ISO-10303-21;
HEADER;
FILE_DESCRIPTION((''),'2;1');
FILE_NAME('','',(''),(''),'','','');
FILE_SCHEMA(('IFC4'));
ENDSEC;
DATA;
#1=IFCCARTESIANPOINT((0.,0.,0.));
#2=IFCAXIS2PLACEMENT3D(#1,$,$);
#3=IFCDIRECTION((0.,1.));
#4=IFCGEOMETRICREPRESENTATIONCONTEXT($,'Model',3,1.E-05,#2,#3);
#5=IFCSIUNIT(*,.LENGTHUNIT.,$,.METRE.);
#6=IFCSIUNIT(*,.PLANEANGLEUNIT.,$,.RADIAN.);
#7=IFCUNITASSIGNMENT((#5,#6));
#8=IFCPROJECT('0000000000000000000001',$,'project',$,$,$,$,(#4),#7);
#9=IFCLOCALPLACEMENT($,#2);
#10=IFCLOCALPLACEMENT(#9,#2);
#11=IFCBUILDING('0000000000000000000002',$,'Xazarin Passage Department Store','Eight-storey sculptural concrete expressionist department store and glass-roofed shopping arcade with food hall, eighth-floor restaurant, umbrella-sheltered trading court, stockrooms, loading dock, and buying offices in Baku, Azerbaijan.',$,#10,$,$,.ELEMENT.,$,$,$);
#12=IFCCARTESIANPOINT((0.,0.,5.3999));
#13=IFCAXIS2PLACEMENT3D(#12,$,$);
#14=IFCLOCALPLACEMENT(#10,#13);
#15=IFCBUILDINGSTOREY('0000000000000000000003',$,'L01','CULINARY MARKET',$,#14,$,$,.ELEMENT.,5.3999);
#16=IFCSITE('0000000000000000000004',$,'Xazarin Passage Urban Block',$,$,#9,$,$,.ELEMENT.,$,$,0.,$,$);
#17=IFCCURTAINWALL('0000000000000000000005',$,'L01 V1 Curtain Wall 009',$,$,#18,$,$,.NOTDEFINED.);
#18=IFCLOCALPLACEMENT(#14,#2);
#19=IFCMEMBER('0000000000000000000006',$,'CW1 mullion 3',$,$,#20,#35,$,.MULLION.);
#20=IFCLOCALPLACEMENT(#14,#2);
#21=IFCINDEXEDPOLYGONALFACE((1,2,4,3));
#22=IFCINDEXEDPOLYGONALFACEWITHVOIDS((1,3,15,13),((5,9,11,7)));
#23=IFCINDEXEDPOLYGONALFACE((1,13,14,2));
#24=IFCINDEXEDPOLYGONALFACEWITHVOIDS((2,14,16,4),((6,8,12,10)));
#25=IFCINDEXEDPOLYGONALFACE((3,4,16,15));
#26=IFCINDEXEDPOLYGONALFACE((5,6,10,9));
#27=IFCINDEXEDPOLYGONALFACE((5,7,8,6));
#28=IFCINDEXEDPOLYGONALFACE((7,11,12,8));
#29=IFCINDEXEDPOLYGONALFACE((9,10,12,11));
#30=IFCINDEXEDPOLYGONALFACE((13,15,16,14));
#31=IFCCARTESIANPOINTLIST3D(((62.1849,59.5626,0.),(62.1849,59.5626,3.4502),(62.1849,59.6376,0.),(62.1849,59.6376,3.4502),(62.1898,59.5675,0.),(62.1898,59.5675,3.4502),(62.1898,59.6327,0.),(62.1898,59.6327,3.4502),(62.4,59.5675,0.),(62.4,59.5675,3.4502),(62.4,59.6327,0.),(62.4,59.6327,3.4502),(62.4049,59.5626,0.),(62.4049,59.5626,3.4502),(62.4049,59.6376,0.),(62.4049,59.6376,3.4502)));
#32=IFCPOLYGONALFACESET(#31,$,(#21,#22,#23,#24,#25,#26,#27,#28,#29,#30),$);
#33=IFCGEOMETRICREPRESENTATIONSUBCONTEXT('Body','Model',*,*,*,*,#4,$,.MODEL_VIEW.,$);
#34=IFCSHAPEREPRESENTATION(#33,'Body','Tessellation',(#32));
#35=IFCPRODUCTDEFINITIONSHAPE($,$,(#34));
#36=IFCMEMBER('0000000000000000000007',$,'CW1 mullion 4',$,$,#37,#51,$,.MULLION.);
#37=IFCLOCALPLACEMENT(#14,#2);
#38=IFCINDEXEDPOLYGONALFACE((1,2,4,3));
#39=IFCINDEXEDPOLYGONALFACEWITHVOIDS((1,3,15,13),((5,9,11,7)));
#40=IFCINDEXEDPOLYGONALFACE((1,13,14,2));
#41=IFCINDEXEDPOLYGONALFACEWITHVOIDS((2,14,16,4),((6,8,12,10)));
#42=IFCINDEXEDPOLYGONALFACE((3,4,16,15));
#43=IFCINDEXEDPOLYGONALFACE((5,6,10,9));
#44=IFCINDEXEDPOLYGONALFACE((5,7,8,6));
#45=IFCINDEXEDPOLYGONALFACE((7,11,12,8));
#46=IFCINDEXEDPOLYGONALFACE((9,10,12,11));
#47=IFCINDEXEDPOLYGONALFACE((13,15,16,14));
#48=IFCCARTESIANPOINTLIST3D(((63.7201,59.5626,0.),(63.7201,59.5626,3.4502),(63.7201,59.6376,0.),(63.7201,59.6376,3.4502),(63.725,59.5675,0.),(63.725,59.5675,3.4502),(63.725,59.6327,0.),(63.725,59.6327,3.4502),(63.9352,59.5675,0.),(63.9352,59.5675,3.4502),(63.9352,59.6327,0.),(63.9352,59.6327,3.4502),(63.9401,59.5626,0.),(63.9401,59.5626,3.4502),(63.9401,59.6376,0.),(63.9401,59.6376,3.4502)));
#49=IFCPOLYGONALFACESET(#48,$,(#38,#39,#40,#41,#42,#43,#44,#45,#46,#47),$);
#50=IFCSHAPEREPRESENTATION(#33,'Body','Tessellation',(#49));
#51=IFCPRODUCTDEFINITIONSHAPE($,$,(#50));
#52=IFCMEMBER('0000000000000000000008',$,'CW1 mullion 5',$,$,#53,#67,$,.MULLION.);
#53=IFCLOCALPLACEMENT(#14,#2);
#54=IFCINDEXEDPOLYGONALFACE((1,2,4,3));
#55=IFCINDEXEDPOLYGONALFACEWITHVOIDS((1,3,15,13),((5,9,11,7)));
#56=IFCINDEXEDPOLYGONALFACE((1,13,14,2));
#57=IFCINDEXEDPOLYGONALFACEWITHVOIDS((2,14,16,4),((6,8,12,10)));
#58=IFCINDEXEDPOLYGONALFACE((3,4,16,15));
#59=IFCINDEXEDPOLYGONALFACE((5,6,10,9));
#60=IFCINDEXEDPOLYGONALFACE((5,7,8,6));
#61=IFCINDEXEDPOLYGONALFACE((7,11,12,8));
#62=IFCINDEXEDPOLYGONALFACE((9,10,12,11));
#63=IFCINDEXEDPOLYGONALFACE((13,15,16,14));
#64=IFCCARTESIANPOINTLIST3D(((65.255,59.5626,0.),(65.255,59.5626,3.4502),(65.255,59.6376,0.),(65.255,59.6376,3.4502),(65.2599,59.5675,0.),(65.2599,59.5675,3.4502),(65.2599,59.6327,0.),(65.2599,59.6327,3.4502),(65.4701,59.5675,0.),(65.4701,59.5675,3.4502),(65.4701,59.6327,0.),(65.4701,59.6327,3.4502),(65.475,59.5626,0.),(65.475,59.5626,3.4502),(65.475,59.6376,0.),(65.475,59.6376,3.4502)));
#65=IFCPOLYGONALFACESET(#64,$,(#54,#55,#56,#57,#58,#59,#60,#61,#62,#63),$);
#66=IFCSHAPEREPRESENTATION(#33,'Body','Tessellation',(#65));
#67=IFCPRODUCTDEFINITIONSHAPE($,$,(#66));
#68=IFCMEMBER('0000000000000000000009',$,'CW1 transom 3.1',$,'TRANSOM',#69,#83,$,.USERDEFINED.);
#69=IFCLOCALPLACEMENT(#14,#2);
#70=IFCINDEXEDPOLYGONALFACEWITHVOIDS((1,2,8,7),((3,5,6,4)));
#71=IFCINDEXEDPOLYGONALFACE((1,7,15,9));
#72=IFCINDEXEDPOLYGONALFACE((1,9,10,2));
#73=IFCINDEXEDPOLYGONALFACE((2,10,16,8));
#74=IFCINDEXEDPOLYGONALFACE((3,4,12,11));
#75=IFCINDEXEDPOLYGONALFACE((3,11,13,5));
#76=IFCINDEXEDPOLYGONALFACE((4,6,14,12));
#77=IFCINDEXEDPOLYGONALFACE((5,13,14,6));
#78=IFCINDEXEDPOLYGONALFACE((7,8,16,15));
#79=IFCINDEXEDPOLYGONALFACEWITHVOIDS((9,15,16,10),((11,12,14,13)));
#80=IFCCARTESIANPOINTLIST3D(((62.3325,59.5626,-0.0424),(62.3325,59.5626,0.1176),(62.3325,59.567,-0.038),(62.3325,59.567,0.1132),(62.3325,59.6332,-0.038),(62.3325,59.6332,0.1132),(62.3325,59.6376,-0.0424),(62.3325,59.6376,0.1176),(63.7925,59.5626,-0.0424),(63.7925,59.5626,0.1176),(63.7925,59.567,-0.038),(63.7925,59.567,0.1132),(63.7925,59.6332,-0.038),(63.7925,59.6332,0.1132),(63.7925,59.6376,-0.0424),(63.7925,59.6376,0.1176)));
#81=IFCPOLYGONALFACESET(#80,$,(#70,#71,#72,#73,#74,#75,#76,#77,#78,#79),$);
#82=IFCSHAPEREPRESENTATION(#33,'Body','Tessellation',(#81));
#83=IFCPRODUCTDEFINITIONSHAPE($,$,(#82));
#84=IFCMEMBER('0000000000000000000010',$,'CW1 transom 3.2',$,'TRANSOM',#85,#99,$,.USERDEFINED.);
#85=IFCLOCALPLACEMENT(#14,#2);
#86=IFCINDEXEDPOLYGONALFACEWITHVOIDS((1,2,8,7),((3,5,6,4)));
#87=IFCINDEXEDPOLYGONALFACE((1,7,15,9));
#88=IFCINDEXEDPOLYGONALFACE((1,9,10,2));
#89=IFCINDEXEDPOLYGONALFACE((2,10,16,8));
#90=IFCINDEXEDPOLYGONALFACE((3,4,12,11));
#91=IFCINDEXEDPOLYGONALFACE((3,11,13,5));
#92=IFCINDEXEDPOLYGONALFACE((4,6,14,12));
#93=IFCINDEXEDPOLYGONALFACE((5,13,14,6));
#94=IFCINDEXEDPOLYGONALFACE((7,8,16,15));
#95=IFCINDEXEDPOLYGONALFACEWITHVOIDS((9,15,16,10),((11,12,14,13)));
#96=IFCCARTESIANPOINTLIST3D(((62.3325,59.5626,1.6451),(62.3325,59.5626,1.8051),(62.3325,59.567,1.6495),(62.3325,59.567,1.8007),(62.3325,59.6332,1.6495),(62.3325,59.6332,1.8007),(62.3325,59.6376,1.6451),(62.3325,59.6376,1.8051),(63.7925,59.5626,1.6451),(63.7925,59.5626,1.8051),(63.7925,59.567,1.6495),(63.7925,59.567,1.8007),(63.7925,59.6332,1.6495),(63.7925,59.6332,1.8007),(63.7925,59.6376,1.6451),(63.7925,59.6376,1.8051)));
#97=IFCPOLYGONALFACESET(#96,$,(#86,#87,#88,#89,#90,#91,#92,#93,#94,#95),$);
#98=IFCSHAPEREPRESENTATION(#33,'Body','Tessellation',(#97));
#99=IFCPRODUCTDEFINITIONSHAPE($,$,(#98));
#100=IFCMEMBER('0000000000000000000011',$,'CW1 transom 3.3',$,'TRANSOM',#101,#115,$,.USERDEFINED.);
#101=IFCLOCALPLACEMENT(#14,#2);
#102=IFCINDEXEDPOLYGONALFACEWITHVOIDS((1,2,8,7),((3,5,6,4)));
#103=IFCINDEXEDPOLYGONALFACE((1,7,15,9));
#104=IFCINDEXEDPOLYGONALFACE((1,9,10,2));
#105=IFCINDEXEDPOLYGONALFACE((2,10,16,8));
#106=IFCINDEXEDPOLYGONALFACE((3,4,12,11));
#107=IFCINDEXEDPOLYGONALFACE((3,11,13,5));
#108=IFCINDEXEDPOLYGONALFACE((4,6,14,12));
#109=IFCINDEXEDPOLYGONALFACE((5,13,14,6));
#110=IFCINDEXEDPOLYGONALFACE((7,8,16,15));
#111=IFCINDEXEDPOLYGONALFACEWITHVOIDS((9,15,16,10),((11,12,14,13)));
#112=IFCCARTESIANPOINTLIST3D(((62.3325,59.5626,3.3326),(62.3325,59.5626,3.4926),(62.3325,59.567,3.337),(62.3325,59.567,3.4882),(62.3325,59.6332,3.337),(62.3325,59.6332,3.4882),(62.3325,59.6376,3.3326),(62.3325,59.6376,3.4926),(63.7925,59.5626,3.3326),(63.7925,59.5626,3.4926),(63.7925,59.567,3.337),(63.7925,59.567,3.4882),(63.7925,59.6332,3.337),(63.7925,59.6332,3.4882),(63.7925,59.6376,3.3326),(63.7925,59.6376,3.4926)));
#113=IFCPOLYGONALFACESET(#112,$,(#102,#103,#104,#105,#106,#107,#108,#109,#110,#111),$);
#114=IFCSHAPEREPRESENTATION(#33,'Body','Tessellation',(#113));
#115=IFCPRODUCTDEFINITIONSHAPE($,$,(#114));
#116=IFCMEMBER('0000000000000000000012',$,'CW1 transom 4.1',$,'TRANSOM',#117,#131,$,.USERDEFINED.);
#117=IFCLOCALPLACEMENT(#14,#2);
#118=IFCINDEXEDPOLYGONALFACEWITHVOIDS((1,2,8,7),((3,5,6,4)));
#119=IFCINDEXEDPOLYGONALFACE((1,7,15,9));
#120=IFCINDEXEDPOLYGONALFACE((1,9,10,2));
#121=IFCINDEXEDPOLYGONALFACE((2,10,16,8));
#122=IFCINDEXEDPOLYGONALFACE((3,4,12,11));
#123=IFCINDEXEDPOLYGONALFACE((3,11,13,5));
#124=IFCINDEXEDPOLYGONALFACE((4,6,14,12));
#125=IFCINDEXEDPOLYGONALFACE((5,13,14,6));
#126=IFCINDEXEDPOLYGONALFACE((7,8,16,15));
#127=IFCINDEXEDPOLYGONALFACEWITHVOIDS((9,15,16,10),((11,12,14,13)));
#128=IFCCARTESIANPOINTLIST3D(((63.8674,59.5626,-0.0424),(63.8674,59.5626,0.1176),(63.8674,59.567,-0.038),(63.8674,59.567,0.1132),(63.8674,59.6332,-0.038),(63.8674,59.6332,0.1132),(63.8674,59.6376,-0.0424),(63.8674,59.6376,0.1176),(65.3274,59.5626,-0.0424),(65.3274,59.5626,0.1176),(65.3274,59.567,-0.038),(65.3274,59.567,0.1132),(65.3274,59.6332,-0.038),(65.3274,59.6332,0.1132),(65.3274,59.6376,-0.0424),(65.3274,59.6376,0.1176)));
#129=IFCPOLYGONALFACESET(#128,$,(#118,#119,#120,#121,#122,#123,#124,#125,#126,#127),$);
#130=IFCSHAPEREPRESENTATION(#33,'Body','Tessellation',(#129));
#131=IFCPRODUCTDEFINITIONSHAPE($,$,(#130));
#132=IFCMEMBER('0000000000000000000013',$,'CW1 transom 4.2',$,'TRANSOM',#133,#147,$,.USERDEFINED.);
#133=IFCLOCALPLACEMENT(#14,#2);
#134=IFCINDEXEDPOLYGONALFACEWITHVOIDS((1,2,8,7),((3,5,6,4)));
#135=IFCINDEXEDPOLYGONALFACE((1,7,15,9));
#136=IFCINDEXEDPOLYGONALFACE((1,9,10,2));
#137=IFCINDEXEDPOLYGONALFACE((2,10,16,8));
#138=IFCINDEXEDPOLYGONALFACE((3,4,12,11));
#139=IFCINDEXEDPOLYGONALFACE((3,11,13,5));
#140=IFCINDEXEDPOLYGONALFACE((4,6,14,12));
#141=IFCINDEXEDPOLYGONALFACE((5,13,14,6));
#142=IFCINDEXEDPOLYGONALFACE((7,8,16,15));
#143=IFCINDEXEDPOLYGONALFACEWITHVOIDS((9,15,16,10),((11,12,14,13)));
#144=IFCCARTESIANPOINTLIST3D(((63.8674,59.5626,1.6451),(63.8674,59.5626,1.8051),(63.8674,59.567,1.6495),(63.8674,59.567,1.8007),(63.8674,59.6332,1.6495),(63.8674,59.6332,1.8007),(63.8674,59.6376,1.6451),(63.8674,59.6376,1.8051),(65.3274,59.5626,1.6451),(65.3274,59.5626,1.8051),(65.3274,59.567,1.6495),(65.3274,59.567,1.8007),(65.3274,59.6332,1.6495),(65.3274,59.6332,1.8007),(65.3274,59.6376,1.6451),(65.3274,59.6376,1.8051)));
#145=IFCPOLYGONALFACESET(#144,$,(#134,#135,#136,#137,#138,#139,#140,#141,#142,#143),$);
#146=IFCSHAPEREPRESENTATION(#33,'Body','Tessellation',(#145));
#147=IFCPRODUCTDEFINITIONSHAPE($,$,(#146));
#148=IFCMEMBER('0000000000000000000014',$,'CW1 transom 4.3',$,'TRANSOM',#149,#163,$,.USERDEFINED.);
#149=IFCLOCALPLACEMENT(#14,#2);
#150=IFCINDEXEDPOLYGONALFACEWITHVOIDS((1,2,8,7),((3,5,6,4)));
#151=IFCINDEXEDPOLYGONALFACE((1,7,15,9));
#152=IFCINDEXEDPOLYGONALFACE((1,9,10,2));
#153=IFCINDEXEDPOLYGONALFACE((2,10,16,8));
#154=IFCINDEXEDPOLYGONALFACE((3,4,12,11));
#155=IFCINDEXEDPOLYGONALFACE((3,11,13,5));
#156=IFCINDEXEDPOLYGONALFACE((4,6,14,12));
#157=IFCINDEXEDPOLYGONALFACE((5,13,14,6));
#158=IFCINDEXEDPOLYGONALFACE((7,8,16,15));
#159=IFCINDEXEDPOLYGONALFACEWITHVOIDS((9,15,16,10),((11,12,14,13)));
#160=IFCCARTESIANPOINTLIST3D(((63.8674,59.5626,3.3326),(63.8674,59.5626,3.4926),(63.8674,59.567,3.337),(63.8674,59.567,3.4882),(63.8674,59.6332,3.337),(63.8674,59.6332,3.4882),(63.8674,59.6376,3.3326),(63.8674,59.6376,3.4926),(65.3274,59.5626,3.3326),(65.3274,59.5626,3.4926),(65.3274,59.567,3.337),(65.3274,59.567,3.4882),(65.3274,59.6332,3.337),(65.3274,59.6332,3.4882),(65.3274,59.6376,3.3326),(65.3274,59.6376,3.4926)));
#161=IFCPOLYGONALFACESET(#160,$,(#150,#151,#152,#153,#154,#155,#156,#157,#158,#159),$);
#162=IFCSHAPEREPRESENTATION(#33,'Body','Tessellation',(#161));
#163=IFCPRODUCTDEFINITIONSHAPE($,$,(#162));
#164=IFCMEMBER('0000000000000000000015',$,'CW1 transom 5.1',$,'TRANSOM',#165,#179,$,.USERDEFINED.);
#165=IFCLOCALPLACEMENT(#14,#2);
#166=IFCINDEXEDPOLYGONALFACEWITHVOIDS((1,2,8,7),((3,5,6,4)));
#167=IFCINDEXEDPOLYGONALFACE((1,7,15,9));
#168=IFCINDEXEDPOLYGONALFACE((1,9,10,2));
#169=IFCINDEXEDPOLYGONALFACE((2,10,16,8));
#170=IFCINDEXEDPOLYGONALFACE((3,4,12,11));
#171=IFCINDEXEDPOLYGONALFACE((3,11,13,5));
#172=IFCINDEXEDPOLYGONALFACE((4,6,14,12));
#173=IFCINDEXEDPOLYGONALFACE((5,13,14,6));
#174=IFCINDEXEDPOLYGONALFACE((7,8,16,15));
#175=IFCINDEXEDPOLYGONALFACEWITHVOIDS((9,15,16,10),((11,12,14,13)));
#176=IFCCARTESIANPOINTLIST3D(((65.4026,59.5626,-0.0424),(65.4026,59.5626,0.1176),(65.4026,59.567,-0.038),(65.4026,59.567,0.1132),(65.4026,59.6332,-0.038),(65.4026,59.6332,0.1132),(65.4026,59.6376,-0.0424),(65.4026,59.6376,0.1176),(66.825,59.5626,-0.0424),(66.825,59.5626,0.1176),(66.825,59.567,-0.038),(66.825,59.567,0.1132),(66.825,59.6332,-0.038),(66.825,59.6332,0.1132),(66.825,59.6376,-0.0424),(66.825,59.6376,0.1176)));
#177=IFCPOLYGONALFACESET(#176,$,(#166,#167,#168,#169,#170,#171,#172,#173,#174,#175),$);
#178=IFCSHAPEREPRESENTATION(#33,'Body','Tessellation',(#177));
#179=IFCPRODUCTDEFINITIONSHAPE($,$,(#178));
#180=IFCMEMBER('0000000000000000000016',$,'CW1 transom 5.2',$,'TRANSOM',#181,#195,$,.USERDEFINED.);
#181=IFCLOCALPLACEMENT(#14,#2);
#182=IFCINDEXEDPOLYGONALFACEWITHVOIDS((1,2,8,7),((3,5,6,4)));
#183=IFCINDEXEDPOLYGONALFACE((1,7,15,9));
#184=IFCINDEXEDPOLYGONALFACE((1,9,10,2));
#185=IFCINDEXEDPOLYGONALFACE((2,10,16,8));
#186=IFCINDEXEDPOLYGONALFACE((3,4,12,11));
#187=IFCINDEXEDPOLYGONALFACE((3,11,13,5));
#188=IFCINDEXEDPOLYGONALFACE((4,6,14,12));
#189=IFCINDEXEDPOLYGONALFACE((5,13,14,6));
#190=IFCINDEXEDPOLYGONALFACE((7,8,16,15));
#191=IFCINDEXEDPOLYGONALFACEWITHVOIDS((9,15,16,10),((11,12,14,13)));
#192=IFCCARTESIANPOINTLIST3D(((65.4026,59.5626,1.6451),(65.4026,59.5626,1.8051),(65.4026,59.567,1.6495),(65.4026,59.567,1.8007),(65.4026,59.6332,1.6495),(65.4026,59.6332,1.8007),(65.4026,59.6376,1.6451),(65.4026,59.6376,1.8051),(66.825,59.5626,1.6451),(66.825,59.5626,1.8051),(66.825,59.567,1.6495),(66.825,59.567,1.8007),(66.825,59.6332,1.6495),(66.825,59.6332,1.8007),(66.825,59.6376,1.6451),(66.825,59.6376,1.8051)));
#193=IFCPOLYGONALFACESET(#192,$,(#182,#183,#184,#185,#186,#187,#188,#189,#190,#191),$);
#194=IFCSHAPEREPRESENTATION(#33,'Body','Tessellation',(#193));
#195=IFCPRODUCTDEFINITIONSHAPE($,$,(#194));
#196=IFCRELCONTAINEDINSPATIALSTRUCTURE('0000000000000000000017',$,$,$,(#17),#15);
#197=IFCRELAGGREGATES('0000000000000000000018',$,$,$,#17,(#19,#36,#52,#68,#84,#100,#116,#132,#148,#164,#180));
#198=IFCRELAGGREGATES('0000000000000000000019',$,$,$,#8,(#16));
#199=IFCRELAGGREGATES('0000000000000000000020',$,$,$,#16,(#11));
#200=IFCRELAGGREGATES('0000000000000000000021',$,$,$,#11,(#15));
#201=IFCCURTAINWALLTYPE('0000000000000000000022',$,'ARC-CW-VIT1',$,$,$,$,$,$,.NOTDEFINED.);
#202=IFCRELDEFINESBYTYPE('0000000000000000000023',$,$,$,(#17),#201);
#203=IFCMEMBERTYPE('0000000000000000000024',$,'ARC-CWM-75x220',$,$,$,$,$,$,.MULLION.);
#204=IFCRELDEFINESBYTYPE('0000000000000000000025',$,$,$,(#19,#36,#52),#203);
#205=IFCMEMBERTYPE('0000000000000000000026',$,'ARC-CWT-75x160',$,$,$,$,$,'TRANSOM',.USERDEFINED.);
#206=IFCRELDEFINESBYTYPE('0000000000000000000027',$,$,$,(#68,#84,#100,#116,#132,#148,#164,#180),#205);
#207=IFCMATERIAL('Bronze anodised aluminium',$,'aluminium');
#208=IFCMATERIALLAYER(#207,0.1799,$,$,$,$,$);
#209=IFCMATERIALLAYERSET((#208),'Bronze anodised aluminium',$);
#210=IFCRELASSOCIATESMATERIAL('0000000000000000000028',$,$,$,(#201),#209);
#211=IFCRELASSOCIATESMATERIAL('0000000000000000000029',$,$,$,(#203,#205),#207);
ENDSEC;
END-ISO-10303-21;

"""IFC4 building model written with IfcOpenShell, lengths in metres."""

from ifc_helpers import new_model, si_unit, direction, frame, origin, origin_2d, place, context, subcontext, project, spatial, hollow_rectangle, extrude, material, layer, layer_set, material_profile, profile_set, type_object, element, aggregate, save


model = new_model("IFC4")

# Units and contexts
model_context = context("Model", 3, precision=1e-05, world=origin(), true_north=direction((0.0, 1.0)))
body_context = subcontext(model_context, "Body", "Model", "MODEL_VIEW")
ifc_project = project(units=[si_unit("LENGTHUNIT", "METRE"), si_unit("PLANEANGLEUNIT", "RADIAN")], contexts=[model_context])

# Site, building, storey
site_placement = place(None, origin())
site = spatial("IfcSite", under=ifc_project, at=site_placement, Name="Xazarin Passage Urban Block", CompositionType="ELEMENT", RefElevation=0.0)
building_placement = place(site_placement, origin())
building = spatial("IfcBuilding", under=site, at=building_placement, Name="Xazarin Passage Department Store", Description="Eight-storey sculptural concrete expressionist department store and glass-roofed shopping arcade with food hall, eighth-floor restaurant, umbrella-sheltered trading court, stockrooms, loading dock, and buying offices in Baku, Azerbaijan.", CompositionType="ELEMENT")
storey_placement = place(building_placement, frame((0.0, 0.0, 5.3999)))
storey = spatial("IfcBuildingStorey", under=building, at=storey_placement, Name="L01", Description="CULINARY MARKET", CompositionType="ELEMENT", Elevation=5.3999)

# Curtain wall, members
ifc_material_1 = material(Name="Bronze anodised aluminium", Category="aluminium")
ifc_layer_1 = layer(ifc_material_1, 0.1799)
ifc_layer_set_1 = layer_set([ifc_layer_1], Name="Bronze anodised aluminium")
curtain_wall_type = type_object("IfcCurtainWallType", Name="ARC-CW-VIT1", PredefinedType="NOTDEFINED", material=ifc_layer_set_1)
curtain_wall_placement = place(storey_placement, origin())
curtain_wall = element("IfcCurtainWall", 1, at=curtain_wall_placement, inside=storey, type_object=curtain_wall_type, Name="L01 V1 Curtain Wall 009", PredefinedType="NOTDEFINED")
ifc_material_profile_1 = material_profile(ifc_material_1, hollow_rectangle(XDim=0.075, YDim=0.22, WallThickness=0.0049, at=origin_2d()), Name="ALU 75x220")
ifc_profile_set_1 = profile_set([ifc_material_profile_1], Name="Bronze anodised aluminium")
member_type_1 = type_object("IfcMemberType", Name="ARC-CWM-75x220", PredefinedType="MULLION", material=ifc_profile_set_1)
member_1_placement = place(storey_placement, frame((62.2949, 59.6001, 0.0), z_axis=(0.0, 0.0, 1.0), x_axis=(0.0, 1.0, 0.0)))
member_1 = element("IfcMember", 2, at=member_1_placement, type_object=member_type_1, Name="CW1 mullion 3", PredefinedType="MULLION", context=body_context, shape_type="SweptSolid", body=[
    extrude(hollow_rectangle(XDim=0.075, YDim=0.22, WallThickness=0.0049, at=origin_2d()), origin(), (0.0, 0.0, 1.0), 3.4502),
])
member_2_placement = place(storey_placement, frame((63.8301, 59.6001, 0.0), z_axis=(0.0, 0.0, 1.0), x_axis=(0.0, 1.0, 0.0)))
member_2 = element("IfcMember", 3, at=member_2_placement, type_object=member_type_1, Name="CW1 mullion 4", PredefinedType="MULLION", context=body_context, shape_type="SweptSolid", body=[
    extrude(hollow_rectangle(XDim=0.075, YDim=0.22, WallThickness=0.0049, at=origin_2d()), origin(), (0.0, 0.0, 1.0), 3.4502),
])
member_3_placement = place(storey_placement, frame((65.365, 59.6001, 0.0), z_axis=(0.0, 0.0, 1.0), x_axis=(0.0, 1.0, 0.0)))
member_3 = element("IfcMember", 4, at=member_3_placement, type_object=member_type_1, Name="CW1 mullion 5", PredefinedType="MULLION", context=body_context, shape_type="SweptSolid", body=[
    extrude(hollow_rectangle(XDim=0.075, YDim=0.22, WallThickness=0.0049, at=origin_2d()), origin(), (0.0, 0.0, 1.0), 3.4502),
])
ifc_material_profile_2 = material_profile(ifc_material_1, hollow_rectangle(XDim=0.075, YDim=0.1599, WallThickness=0.0044, at=origin_2d()), Name="ALU 75x160")
ifc_profile_set_2 = profile_set([ifc_material_profile_2], Name="Bronze anodised aluminium")
member_type_2 = type_object("IfcMemberType", Name="ARC-CWT-75x160", ElementType="TRANSOM", PredefinedType="USERDEFINED", material=ifc_profile_set_2)
member_4_placement = place(storey_placement, frame((62.3325, 59.6001, 0.0376), z_axis=(1.0, 0.0, 0.0), x_axis=(0.0, 1.0, 0.0)))
member_4 = element("IfcMember", 5, at=member_4_placement, type_object=member_type_2, Name="CW1 transom 3.1", ObjectType="TRANSOM", PredefinedType="USERDEFINED", context=body_context, shape_type="SweptSolid", body=[
    extrude(hollow_rectangle(XDim=0.075, YDim=0.1599, WallThickness=0.0044, at=origin_2d()), origin(), (0.0, 0.0, 1.0), 1.46),
])
member_5_placement = place(storey_placement, frame((62.3325, 59.6001, 1.7251), z_axis=(1.0, 0.0, 0.0), x_axis=(0.0, 1.0, 0.0)))
member_5 = element("IfcMember", 6, at=member_5_placement, type_object=member_type_2, Name="CW1 transom 3.2", ObjectType="TRANSOM", PredefinedType="USERDEFINED", context=body_context, shape_type="SweptSolid", body=[
    extrude(hollow_rectangle(XDim=0.075, YDim=0.1599, WallThickness=0.0044, at=origin_2d()), origin(), (0.0, 0.0, 1.0), 1.46),
])
member_6_placement = place(storey_placement, frame((62.3325, 59.6001, 3.4126), z_axis=(1.0, 0.0, 0.0), x_axis=(0.0, 1.0, 0.0)))
member_6 = element("IfcMember", 7, at=member_6_placement, type_object=member_type_2, Name="CW1 transom 3.3", ObjectType="TRANSOM", PredefinedType="USERDEFINED", context=body_context, shape_type="SweptSolid", body=[
    extrude(hollow_rectangle(XDim=0.075, YDim=0.1599, WallThickness=0.0044, at=origin_2d()), origin(), (0.0, 0.0, 1.0), 1.46),
])
member_7_placement = place(storey_placement, frame((63.8674, 59.6001, 0.0376), z_axis=(1.0, 0.0, 0.0), x_axis=(0.0, 1.0, 0.0)))
member_7 = element("IfcMember", 8, at=member_7_placement, type_object=member_type_2, Name="CW1 transom 4.1", ObjectType="TRANSOM", PredefinedType="USERDEFINED", context=body_context, shape_type="SweptSolid", body=[
    extrude(hollow_rectangle(XDim=0.075, YDim=0.1599, WallThickness=0.0044, at=origin_2d()), origin(), (0.0, 0.0, 1.0), 1.46),
])
member_8_placement = place(storey_placement, frame((63.8674, 59.6001, 1.7251), z_axis=(1.0, 0.0, 0.0), x_axis=(0.0, 1.0, 0.0)))
member_8 = element("IfcMember", 9, at=member_8_placement, type_object=member_type_2, Name="CW1 transom 4.2", ObjectType="TRANSOM", PredefinedType="USERDEFINED", context=body_context, shape_type="SweptSolid", body=[
    extrude(hollow_rectangle(XDim=0.075, YDim=0.1599, WallThickness=0.0044, at=origin_2d()), origin(), (0.0, 0.0, 1.0), 1.46),
])
member_9_placement = place(storey_placement, frame((63.8674, 59.6001, 3.4126), z_axis=(1.0, 0.0, 0.0), x_axis=(0.0, 1.0, 0.0)))
member_9 = element("IfcMember", 10, at=member_9_placement, type_object=member_type_2, Name="CW1 transom 4.3", ObjectType="TRANSOM", PredefinedType="USERDEFINED", context=body_context, shape_type="SweptSolid", body=[
    extrude(hollow_rectangle(XDim=0.075, YDim=0.1599, WallThickness=0.0044, at=origin_2d()), origin(), (0.0, 0.0, 1.0), 1.46),
])
member_10_placement = place(storey_placement, frame((65.4026, 59.6001, 0.0376), z_axis=(1.0, 0.0, 0.0), x_axis=(0.0, 1.0, 0.0)))
member_10 = element("IfcMember", 11, at=member_10_placement, type_object=member_type_2, Name="CW1 transom 5.1", ObjectType="TRANSOM", PredefinedType="USERDEFINED", context=body_context, shape_type="SweptSolid", body=[
    extrude(hollow_rectangle(XDim=0.075, YDim=0.1599, WallThickness=0.0044, at=origin_2d()), origin(), (0.0, 0.0, 1.0), 1.4224),
])
member_11_placement = place(storey_placement, frame((65.4026, 59.6001, 1.7251), z_axis=(1.0, 0.0, 0.0), x_axis=(0.0, 1.0, 0.0)))
member_11 = element("IfcMember", 12, at=member_11_placement, type_object=member_type_2, Name="CW1 transom 5.2", ObjectType="TRANSOM", PredefinedType="USERDEFINED", context=body_context, shape_type="SweptSolid", body=[
    extrude(hollow_rectangle(XDim=0.075, YDim=0.1599, WallThickness=0.0044, at=origin_2d()), origin(), (0.0, 0.0, 1.0), 1.4224),
])

aggregate(curtain_wall, [member_1, member_2, member_3, member_4, member_5, member_6, member_7, member_8, member_9, member_10, member_11])

save(model, "model.ifc")
